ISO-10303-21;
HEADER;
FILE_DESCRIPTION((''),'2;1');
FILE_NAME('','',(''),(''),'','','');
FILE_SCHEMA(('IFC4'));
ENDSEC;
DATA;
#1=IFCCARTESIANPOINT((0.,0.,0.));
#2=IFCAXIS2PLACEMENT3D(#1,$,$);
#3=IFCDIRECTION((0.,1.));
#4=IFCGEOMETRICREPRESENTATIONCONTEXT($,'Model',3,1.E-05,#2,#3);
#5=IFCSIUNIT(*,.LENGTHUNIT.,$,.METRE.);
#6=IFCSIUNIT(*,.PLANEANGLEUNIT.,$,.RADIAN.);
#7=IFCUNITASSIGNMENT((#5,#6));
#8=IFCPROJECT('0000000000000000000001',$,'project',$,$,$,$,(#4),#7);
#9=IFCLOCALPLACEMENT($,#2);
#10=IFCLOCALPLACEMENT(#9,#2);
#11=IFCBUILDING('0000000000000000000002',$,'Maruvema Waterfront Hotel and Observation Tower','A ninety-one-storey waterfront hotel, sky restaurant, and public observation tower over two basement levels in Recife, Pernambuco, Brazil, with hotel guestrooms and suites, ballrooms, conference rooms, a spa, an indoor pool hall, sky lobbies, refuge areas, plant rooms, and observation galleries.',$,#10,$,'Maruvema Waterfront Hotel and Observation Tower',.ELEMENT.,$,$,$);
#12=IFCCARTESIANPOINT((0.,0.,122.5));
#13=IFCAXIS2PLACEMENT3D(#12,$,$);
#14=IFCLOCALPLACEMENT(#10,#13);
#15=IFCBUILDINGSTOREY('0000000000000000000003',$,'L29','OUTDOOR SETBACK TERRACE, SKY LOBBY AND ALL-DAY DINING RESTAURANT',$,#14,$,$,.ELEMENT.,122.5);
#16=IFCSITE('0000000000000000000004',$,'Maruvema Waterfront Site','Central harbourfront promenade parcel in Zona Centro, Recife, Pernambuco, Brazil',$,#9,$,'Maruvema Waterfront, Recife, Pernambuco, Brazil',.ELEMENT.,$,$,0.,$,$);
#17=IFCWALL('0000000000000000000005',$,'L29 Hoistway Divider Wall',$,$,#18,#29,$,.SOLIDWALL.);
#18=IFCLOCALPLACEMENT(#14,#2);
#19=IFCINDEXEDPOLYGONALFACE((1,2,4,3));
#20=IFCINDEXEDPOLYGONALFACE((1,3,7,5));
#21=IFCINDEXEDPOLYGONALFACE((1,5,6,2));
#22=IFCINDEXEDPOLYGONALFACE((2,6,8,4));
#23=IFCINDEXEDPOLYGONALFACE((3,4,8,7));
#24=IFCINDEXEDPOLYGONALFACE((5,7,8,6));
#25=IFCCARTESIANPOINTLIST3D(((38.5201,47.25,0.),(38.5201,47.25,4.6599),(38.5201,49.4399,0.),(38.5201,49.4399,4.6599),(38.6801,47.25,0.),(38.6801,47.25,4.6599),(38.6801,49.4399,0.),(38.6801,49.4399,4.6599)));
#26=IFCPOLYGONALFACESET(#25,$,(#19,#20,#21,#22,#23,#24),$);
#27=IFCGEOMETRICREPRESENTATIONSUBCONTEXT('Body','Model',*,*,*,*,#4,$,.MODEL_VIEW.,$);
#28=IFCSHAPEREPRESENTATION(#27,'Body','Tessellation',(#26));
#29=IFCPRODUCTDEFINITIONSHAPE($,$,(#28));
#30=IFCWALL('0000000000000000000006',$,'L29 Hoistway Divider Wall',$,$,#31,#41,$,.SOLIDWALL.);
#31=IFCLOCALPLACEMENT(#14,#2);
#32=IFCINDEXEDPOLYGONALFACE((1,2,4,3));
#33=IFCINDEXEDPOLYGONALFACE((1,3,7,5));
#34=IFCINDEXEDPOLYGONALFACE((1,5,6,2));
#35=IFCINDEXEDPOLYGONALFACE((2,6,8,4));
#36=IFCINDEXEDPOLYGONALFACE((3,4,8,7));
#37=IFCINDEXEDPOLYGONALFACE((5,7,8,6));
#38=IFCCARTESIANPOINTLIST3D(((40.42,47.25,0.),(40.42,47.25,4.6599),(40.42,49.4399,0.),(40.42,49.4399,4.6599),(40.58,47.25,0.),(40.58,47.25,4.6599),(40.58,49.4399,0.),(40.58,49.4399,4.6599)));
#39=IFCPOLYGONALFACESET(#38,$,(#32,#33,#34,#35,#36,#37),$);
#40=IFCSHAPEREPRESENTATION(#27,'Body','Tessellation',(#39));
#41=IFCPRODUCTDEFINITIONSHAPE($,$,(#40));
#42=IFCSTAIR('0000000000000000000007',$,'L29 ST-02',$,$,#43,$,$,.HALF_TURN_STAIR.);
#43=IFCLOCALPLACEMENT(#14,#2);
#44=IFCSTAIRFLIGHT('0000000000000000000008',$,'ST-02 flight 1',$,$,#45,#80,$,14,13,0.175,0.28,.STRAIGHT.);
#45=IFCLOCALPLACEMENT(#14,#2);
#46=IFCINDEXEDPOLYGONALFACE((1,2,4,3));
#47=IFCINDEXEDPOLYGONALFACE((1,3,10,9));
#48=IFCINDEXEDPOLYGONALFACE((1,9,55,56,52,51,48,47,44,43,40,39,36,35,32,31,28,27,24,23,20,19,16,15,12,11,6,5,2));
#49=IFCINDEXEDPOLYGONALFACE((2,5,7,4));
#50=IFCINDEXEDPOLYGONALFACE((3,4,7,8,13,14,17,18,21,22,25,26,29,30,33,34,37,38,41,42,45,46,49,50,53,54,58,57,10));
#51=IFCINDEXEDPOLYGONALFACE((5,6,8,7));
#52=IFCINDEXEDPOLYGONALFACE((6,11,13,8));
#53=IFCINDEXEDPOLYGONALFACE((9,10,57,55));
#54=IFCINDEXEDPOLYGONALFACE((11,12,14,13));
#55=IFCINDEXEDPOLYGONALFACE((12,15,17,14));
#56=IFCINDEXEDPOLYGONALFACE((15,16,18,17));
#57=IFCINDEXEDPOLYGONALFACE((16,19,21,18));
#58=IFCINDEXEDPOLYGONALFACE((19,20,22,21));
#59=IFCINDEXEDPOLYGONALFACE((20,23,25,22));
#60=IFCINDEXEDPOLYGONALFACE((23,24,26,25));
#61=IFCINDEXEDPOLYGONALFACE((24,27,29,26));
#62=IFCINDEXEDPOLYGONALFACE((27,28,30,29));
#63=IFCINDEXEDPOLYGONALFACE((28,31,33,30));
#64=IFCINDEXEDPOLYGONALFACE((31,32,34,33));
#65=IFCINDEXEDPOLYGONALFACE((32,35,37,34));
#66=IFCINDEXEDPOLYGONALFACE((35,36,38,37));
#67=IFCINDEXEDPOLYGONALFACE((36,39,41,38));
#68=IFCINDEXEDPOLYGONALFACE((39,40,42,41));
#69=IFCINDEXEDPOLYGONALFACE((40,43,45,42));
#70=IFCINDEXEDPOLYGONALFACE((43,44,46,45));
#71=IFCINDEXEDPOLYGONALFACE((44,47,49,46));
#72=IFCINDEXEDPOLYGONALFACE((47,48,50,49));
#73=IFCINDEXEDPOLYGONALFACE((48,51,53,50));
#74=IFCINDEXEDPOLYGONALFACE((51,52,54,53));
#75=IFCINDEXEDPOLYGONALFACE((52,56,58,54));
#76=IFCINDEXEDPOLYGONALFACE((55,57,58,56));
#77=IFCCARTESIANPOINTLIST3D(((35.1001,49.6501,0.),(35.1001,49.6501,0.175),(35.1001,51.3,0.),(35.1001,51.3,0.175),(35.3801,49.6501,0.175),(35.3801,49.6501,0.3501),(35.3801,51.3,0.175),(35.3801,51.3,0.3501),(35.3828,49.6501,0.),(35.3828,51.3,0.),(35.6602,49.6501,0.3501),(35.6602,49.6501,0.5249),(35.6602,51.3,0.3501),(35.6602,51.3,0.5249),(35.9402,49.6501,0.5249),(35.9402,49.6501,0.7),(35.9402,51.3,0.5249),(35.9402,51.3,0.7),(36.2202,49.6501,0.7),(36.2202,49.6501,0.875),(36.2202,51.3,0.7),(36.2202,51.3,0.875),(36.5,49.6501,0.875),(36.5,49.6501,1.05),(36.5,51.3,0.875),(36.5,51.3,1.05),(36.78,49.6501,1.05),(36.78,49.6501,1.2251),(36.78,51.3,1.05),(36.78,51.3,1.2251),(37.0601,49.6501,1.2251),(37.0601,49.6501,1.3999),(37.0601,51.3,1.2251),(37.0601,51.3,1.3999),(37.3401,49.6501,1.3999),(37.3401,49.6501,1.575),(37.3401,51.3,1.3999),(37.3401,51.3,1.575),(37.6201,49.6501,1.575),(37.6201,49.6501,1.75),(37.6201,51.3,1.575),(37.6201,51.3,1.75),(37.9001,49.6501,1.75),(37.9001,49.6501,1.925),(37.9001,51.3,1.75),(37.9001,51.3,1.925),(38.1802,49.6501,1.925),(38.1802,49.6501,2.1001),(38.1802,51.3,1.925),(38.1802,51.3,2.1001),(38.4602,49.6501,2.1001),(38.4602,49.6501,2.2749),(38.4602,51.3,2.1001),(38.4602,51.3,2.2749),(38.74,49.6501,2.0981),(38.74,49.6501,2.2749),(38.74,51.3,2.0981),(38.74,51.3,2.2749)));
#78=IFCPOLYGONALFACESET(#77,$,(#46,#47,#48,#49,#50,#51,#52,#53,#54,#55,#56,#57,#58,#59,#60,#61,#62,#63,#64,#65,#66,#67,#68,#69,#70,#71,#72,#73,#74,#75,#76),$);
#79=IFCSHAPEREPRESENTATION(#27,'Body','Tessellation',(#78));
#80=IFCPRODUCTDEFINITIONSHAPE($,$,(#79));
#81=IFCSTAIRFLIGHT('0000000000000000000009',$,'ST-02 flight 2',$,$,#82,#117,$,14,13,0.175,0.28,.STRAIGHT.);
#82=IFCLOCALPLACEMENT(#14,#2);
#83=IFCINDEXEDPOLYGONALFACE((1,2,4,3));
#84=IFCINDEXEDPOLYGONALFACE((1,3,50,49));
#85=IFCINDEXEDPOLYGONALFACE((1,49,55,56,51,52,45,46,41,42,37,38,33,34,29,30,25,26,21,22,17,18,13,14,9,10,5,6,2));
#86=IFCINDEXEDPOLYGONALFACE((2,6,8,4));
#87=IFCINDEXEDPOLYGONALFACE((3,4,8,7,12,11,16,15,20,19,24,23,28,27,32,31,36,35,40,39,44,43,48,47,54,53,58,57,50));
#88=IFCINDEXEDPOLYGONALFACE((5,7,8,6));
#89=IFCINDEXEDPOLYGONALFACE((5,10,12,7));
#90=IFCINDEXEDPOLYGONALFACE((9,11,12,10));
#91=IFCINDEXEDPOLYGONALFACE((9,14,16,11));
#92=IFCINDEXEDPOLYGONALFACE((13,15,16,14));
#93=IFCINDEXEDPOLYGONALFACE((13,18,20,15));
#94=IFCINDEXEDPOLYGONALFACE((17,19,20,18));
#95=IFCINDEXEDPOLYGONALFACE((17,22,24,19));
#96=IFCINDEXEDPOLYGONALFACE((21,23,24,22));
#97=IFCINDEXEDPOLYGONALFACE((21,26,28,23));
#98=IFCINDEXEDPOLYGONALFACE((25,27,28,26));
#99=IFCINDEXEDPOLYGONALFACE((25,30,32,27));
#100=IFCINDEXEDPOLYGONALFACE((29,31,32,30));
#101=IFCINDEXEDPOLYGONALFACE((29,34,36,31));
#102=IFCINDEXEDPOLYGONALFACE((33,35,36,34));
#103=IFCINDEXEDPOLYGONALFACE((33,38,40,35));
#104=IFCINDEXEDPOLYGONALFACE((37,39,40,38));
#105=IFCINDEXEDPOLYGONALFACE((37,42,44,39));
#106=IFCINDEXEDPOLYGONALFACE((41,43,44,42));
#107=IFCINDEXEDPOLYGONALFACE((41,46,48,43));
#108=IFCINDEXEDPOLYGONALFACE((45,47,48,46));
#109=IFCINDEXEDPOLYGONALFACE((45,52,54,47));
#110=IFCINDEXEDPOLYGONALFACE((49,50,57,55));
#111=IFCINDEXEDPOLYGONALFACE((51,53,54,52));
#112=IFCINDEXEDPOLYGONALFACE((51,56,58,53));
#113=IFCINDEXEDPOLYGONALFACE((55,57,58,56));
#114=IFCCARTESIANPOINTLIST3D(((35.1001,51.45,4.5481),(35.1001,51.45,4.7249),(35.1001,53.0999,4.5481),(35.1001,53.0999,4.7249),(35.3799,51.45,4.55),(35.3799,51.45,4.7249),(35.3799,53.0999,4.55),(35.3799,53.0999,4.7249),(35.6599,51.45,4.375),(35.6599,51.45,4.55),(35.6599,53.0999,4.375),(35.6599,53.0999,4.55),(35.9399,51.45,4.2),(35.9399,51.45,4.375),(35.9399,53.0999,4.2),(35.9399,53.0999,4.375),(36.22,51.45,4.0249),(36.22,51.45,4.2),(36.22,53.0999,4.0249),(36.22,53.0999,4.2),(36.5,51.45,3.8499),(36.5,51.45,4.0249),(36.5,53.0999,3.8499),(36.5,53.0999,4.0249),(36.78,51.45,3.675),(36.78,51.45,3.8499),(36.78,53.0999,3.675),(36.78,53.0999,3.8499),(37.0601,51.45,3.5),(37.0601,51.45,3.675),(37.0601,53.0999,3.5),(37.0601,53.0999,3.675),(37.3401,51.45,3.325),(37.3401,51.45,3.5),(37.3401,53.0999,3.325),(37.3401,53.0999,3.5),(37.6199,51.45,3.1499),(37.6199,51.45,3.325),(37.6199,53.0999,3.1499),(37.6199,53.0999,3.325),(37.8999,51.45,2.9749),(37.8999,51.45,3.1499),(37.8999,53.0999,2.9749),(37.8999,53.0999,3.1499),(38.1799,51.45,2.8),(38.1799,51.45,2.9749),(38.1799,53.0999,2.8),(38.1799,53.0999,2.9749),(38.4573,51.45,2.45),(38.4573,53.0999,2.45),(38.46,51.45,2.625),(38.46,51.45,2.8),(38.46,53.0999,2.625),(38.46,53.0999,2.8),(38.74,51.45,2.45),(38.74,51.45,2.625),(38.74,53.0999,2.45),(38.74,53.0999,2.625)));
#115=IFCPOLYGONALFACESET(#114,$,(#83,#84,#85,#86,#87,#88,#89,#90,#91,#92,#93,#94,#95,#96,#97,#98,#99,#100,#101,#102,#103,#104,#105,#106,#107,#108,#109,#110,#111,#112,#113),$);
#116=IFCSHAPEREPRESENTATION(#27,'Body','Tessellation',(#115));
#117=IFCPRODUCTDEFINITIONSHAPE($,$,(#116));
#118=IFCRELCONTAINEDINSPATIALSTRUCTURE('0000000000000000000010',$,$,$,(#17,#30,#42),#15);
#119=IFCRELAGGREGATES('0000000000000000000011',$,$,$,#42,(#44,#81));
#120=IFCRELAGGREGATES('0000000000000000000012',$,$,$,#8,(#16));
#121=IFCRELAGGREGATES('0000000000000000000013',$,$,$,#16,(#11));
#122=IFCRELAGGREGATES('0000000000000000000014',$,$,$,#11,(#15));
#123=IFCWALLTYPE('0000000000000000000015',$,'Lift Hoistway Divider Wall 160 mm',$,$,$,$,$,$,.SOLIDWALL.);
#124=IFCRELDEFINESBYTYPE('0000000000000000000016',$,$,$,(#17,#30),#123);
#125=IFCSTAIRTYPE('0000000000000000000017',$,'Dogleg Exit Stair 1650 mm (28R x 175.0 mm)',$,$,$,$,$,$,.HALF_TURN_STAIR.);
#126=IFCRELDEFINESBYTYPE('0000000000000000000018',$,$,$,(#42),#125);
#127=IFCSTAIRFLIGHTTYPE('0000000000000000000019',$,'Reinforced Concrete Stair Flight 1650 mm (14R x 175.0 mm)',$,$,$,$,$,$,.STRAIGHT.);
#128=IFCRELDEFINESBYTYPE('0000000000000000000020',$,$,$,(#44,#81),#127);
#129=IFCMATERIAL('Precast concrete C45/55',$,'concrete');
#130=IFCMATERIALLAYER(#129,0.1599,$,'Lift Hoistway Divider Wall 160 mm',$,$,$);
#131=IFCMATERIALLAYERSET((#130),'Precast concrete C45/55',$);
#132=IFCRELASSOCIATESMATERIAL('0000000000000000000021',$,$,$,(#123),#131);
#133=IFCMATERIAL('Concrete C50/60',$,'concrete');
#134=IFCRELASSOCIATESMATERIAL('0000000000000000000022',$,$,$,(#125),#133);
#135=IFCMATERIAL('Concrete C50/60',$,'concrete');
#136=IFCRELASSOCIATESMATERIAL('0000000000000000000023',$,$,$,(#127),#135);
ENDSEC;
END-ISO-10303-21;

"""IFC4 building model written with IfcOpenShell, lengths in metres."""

from ifc_helpers import new_model, si_unit, direction, frame, frame_2d, origin, place, context, subcontext, project, spatial, polyline, rectangle, outline, extrude, material, layer, layer_set, type_object, element, aggregate, save


model = new_model("IFC4")

# Units and contexts
model_context = context("Model", 3, precision=1e-05, world=origin(), true_north=direction((0.0, 1.0)))
body_context = subcontext(model_context, "Body", "Model", "MODEL_VIEW")
ifc_project = project(units=[si_unit("LENGTHUNIT", "METRE"), si_unit("PLANEANGLEUNIT", "RADIAN")], contexts=[model_context])

# Site, building, storey
site_placement = place(None, origin())
site = spatial("IfcSite", under=ifc_project, at=site_placement, Name="Maruvema Waterfront Site", Description="Central harbourfront promenade parcel in Zona Centro, Recife, Pernambuco, Brazil", LongName="Maruvema Waterfront, Recife, Pernambuco, Brazil", CompositionType="ELEMENT", RefElevation=0.0)
building_placement = place(site_placement, origin())
building = spatial("IfcBuilding", under=site, at=building_placement, Name="Maruvema Waterfront Hotel and Observation Tower", Description="A ninety-one-storey waterfront hotel, sky restaurant, and public observation tower over two basement levels in Recife, Pernambuco, Brazil, with hotel guestrooms and suites, ballrooms, conference rooms, a spa, an indoor pool hall, sky lobbies, refuge areas, plant rooms, and observation galleries.", LongName="Maruvema Waterfront Hotel and Observation Tower", CompositionType="ELEMENT")
storey_placement = place(building_placement, frame((0.0, 0.0, 122.5)))
storey = spatial("IfcBuildingStorey", under=building, at=storey_placement, Name="L29", Description="OUTDOOR SETBACK TERRACE, SKY LOBBY AND ALL-DAY DINING RESTAURANT", CompositionType="ELEMENT", Elevation=122.5)

# Walls
ifc_material_1 = material(Name="Precast concrete C45/55", Category="concrete")
ifc_layer_1 = layer(ifc_material_1, 0.1599, Name="Lift Hoistway Divider Wall 160 mm")
ifc_layer_set_1 = layer_set([ifc_layer_1], Name="Precast concrete C45/55")
wall_type_1 = type_object("IfcWallType", Name="Lift Hoistway Divider Wall 160 mm", PredefinedType="SOLIDWALL", material=ifc_layer_set_1)
for number, where, z_axis, x_axis, name in (
    (1, (38.6001, 47.25, 0.0), (0.0, 0.0, 1.0), (0.0, 1.0, 0.0), "L29 Hoistway Divider Wall"),
    (2, (40.5, 47.25, 0.0), (0.0, 0.0, 1.0), (0.0, 1.0, 0.0), "L29 Hoistway Divider Wall"),
):
    element("IfcWall", number, at=place(storey_placement, frame(where, z_axis=z_axis, x_axis=x_axis)), inside=storey, type_object=wall_type_1, Name=name, PredefinedType="SOLIDWALL", context=body_context, shape_type="SweptSolid", body=[
        extrude(rectangle(XDim=2.1899, YDim=0.1599, at=frame_2d((1.095, 0.0))), origin(), (0.0, 0.0, 1.0), 4.6599),
    ])

# Stair, stair flights
ifc_material_2 = material(Name="Concrete C50/60", Category="concrete")
stair_type = type_object("IfcStairType", Name="Dogleg Exit Stair 1650 mm (28R x 175.0 mm)", PredefinedType="HALF_TURN_STAIR", material=ifc_material_2)
stair_placement = place(storey_placement, origin())
stair = element("IfcStair", 3, at=stair_placement, inside=storey, type_object=stair_type, Name="L29 ST-02", PredefinedType="HALF_TURN_STAIR")
ifc_material_3 = material(Name="Concrete C50/60", Category="concrete")
stair_flight_type = type_object("IfcStairFlightType", Name="Reinforced Concrete Stair Flight 1650 mm (14R x 175.0 mm)", PredefinedType="STRAIGHT", material=ifc_material_3)
stair_flight_1_placement = place(storey_placement, frame((35.1001, 50.4751, 0.0), z_axis=(0.0, 0.0, 1.0), x_axis=(1.0, 0.0, 0.0)))
stair_flight_1 = element("IfcStairFlight", 4, at=stair_flight_1_placement, type_object=stair_flight_type, Name="ST-02 flight 1", NumberOfRisers=14, NumberOfTreads=13, PredefinedType="STRAIGHT", RiserHeight=0.175, TreadLength=0.28, context=body_context, shape_type="SweptSolid", body=[
    extrude(outline(polyline([(0.0, 0.0), (0.0, 0.175), (0.28, 0.175), (0.28, 0.3501), (0.5601, 0.3501), (0.5601, 0.5249), (0.8401, 0.5249), (0.8401, 0.7), (1.1201, 0.7), (1.1201, 0.875), (1.3999, 0.875), (1.3999, 1.05), (1.6799, 1.05), (1.6799, 1.2251), (1.96, 1.2251), (1.96, 1.3999), (2.24, 1.3999), (2.24, 1.575), (2.52, 1.575), (2.52, 1.75), (2.8, 1.75), (2.8, 1.925), (3.0801, 1.925), (3.0801, 2.1001), (3.3601, 2.1001), (3.3601, 2.2749), (3.6399, 2.2749), (3.6399, 2.45), (3.6399, 2.0981), (0.2827, 0.0), (0.0, 0.0)])), frame((0.0, 0.825, 0.0), z_axis=(0.0, -1.0, 0.0), x_axis=(1.0, 0.0, 0.0)), (0.0, 0.0, 1.0), 1.6499),
])
stair_flight_2_placement = place(storey_placement, frame((38.74, 52.2749, 2.45), z_axis=(0.0, 0.0, 1.0), x_axis=(-1.0, 0.0, 0.0)))
stair_flight_2 = element("IfcStairFlight", 5, at=stair_flight_2_placement, type_object=stair_flight_type, Name="ST-02 flight 2", NumberOfRisers=14, NumberOfTreads=13, PredefinedType="STRAIGHT", RiserHeight=0.175, TreadLength=0.28, context=body_context, shape_type="SweptSolid", body=[
    extrude(outline(polyline([(0.0, 0.0), (0.0, 0.175), (0.28, 0.175), (0.28, 0.3501), (0.5601, 0.3501), (0.5601, 0.5249), (0.8401, 0.5249), (0.8401, 0.7), (1.1201, 0.7), (1.1201, 0.875), (1.3999, 0.875), (1.3999, 1.05), (1.6799, 1.05), (1.6799, 1.2251), (1.96, 1.2251), (1.96, 1.3999), (2.24, 1.3999), (2.24, 1.575), (2.52, 1.575), (2.52, 1.75), (2.8, 1.75), (2.8, 1.925), (3.0801, 1.925), (3.0801, 2.1001), (3.3601, 2.1001), (3.3601, 2.2749), (3.6399, 2.2749), (3.6399, 2.45), (3.6399, 2.0981), (0.2827, 0.0), (0.0, 0.0)])), frame((0.0, 0.825, 0.0), z_axis=(0.0, -1.0, 0.0), x_axis=(1.0, 0.0, 0.0)), (0.0, 0.0, 1.0), 1.6499),
])
aggregate(stair, [stair_flight_1, stair_flight_2])

save(model, "model.ifc")
